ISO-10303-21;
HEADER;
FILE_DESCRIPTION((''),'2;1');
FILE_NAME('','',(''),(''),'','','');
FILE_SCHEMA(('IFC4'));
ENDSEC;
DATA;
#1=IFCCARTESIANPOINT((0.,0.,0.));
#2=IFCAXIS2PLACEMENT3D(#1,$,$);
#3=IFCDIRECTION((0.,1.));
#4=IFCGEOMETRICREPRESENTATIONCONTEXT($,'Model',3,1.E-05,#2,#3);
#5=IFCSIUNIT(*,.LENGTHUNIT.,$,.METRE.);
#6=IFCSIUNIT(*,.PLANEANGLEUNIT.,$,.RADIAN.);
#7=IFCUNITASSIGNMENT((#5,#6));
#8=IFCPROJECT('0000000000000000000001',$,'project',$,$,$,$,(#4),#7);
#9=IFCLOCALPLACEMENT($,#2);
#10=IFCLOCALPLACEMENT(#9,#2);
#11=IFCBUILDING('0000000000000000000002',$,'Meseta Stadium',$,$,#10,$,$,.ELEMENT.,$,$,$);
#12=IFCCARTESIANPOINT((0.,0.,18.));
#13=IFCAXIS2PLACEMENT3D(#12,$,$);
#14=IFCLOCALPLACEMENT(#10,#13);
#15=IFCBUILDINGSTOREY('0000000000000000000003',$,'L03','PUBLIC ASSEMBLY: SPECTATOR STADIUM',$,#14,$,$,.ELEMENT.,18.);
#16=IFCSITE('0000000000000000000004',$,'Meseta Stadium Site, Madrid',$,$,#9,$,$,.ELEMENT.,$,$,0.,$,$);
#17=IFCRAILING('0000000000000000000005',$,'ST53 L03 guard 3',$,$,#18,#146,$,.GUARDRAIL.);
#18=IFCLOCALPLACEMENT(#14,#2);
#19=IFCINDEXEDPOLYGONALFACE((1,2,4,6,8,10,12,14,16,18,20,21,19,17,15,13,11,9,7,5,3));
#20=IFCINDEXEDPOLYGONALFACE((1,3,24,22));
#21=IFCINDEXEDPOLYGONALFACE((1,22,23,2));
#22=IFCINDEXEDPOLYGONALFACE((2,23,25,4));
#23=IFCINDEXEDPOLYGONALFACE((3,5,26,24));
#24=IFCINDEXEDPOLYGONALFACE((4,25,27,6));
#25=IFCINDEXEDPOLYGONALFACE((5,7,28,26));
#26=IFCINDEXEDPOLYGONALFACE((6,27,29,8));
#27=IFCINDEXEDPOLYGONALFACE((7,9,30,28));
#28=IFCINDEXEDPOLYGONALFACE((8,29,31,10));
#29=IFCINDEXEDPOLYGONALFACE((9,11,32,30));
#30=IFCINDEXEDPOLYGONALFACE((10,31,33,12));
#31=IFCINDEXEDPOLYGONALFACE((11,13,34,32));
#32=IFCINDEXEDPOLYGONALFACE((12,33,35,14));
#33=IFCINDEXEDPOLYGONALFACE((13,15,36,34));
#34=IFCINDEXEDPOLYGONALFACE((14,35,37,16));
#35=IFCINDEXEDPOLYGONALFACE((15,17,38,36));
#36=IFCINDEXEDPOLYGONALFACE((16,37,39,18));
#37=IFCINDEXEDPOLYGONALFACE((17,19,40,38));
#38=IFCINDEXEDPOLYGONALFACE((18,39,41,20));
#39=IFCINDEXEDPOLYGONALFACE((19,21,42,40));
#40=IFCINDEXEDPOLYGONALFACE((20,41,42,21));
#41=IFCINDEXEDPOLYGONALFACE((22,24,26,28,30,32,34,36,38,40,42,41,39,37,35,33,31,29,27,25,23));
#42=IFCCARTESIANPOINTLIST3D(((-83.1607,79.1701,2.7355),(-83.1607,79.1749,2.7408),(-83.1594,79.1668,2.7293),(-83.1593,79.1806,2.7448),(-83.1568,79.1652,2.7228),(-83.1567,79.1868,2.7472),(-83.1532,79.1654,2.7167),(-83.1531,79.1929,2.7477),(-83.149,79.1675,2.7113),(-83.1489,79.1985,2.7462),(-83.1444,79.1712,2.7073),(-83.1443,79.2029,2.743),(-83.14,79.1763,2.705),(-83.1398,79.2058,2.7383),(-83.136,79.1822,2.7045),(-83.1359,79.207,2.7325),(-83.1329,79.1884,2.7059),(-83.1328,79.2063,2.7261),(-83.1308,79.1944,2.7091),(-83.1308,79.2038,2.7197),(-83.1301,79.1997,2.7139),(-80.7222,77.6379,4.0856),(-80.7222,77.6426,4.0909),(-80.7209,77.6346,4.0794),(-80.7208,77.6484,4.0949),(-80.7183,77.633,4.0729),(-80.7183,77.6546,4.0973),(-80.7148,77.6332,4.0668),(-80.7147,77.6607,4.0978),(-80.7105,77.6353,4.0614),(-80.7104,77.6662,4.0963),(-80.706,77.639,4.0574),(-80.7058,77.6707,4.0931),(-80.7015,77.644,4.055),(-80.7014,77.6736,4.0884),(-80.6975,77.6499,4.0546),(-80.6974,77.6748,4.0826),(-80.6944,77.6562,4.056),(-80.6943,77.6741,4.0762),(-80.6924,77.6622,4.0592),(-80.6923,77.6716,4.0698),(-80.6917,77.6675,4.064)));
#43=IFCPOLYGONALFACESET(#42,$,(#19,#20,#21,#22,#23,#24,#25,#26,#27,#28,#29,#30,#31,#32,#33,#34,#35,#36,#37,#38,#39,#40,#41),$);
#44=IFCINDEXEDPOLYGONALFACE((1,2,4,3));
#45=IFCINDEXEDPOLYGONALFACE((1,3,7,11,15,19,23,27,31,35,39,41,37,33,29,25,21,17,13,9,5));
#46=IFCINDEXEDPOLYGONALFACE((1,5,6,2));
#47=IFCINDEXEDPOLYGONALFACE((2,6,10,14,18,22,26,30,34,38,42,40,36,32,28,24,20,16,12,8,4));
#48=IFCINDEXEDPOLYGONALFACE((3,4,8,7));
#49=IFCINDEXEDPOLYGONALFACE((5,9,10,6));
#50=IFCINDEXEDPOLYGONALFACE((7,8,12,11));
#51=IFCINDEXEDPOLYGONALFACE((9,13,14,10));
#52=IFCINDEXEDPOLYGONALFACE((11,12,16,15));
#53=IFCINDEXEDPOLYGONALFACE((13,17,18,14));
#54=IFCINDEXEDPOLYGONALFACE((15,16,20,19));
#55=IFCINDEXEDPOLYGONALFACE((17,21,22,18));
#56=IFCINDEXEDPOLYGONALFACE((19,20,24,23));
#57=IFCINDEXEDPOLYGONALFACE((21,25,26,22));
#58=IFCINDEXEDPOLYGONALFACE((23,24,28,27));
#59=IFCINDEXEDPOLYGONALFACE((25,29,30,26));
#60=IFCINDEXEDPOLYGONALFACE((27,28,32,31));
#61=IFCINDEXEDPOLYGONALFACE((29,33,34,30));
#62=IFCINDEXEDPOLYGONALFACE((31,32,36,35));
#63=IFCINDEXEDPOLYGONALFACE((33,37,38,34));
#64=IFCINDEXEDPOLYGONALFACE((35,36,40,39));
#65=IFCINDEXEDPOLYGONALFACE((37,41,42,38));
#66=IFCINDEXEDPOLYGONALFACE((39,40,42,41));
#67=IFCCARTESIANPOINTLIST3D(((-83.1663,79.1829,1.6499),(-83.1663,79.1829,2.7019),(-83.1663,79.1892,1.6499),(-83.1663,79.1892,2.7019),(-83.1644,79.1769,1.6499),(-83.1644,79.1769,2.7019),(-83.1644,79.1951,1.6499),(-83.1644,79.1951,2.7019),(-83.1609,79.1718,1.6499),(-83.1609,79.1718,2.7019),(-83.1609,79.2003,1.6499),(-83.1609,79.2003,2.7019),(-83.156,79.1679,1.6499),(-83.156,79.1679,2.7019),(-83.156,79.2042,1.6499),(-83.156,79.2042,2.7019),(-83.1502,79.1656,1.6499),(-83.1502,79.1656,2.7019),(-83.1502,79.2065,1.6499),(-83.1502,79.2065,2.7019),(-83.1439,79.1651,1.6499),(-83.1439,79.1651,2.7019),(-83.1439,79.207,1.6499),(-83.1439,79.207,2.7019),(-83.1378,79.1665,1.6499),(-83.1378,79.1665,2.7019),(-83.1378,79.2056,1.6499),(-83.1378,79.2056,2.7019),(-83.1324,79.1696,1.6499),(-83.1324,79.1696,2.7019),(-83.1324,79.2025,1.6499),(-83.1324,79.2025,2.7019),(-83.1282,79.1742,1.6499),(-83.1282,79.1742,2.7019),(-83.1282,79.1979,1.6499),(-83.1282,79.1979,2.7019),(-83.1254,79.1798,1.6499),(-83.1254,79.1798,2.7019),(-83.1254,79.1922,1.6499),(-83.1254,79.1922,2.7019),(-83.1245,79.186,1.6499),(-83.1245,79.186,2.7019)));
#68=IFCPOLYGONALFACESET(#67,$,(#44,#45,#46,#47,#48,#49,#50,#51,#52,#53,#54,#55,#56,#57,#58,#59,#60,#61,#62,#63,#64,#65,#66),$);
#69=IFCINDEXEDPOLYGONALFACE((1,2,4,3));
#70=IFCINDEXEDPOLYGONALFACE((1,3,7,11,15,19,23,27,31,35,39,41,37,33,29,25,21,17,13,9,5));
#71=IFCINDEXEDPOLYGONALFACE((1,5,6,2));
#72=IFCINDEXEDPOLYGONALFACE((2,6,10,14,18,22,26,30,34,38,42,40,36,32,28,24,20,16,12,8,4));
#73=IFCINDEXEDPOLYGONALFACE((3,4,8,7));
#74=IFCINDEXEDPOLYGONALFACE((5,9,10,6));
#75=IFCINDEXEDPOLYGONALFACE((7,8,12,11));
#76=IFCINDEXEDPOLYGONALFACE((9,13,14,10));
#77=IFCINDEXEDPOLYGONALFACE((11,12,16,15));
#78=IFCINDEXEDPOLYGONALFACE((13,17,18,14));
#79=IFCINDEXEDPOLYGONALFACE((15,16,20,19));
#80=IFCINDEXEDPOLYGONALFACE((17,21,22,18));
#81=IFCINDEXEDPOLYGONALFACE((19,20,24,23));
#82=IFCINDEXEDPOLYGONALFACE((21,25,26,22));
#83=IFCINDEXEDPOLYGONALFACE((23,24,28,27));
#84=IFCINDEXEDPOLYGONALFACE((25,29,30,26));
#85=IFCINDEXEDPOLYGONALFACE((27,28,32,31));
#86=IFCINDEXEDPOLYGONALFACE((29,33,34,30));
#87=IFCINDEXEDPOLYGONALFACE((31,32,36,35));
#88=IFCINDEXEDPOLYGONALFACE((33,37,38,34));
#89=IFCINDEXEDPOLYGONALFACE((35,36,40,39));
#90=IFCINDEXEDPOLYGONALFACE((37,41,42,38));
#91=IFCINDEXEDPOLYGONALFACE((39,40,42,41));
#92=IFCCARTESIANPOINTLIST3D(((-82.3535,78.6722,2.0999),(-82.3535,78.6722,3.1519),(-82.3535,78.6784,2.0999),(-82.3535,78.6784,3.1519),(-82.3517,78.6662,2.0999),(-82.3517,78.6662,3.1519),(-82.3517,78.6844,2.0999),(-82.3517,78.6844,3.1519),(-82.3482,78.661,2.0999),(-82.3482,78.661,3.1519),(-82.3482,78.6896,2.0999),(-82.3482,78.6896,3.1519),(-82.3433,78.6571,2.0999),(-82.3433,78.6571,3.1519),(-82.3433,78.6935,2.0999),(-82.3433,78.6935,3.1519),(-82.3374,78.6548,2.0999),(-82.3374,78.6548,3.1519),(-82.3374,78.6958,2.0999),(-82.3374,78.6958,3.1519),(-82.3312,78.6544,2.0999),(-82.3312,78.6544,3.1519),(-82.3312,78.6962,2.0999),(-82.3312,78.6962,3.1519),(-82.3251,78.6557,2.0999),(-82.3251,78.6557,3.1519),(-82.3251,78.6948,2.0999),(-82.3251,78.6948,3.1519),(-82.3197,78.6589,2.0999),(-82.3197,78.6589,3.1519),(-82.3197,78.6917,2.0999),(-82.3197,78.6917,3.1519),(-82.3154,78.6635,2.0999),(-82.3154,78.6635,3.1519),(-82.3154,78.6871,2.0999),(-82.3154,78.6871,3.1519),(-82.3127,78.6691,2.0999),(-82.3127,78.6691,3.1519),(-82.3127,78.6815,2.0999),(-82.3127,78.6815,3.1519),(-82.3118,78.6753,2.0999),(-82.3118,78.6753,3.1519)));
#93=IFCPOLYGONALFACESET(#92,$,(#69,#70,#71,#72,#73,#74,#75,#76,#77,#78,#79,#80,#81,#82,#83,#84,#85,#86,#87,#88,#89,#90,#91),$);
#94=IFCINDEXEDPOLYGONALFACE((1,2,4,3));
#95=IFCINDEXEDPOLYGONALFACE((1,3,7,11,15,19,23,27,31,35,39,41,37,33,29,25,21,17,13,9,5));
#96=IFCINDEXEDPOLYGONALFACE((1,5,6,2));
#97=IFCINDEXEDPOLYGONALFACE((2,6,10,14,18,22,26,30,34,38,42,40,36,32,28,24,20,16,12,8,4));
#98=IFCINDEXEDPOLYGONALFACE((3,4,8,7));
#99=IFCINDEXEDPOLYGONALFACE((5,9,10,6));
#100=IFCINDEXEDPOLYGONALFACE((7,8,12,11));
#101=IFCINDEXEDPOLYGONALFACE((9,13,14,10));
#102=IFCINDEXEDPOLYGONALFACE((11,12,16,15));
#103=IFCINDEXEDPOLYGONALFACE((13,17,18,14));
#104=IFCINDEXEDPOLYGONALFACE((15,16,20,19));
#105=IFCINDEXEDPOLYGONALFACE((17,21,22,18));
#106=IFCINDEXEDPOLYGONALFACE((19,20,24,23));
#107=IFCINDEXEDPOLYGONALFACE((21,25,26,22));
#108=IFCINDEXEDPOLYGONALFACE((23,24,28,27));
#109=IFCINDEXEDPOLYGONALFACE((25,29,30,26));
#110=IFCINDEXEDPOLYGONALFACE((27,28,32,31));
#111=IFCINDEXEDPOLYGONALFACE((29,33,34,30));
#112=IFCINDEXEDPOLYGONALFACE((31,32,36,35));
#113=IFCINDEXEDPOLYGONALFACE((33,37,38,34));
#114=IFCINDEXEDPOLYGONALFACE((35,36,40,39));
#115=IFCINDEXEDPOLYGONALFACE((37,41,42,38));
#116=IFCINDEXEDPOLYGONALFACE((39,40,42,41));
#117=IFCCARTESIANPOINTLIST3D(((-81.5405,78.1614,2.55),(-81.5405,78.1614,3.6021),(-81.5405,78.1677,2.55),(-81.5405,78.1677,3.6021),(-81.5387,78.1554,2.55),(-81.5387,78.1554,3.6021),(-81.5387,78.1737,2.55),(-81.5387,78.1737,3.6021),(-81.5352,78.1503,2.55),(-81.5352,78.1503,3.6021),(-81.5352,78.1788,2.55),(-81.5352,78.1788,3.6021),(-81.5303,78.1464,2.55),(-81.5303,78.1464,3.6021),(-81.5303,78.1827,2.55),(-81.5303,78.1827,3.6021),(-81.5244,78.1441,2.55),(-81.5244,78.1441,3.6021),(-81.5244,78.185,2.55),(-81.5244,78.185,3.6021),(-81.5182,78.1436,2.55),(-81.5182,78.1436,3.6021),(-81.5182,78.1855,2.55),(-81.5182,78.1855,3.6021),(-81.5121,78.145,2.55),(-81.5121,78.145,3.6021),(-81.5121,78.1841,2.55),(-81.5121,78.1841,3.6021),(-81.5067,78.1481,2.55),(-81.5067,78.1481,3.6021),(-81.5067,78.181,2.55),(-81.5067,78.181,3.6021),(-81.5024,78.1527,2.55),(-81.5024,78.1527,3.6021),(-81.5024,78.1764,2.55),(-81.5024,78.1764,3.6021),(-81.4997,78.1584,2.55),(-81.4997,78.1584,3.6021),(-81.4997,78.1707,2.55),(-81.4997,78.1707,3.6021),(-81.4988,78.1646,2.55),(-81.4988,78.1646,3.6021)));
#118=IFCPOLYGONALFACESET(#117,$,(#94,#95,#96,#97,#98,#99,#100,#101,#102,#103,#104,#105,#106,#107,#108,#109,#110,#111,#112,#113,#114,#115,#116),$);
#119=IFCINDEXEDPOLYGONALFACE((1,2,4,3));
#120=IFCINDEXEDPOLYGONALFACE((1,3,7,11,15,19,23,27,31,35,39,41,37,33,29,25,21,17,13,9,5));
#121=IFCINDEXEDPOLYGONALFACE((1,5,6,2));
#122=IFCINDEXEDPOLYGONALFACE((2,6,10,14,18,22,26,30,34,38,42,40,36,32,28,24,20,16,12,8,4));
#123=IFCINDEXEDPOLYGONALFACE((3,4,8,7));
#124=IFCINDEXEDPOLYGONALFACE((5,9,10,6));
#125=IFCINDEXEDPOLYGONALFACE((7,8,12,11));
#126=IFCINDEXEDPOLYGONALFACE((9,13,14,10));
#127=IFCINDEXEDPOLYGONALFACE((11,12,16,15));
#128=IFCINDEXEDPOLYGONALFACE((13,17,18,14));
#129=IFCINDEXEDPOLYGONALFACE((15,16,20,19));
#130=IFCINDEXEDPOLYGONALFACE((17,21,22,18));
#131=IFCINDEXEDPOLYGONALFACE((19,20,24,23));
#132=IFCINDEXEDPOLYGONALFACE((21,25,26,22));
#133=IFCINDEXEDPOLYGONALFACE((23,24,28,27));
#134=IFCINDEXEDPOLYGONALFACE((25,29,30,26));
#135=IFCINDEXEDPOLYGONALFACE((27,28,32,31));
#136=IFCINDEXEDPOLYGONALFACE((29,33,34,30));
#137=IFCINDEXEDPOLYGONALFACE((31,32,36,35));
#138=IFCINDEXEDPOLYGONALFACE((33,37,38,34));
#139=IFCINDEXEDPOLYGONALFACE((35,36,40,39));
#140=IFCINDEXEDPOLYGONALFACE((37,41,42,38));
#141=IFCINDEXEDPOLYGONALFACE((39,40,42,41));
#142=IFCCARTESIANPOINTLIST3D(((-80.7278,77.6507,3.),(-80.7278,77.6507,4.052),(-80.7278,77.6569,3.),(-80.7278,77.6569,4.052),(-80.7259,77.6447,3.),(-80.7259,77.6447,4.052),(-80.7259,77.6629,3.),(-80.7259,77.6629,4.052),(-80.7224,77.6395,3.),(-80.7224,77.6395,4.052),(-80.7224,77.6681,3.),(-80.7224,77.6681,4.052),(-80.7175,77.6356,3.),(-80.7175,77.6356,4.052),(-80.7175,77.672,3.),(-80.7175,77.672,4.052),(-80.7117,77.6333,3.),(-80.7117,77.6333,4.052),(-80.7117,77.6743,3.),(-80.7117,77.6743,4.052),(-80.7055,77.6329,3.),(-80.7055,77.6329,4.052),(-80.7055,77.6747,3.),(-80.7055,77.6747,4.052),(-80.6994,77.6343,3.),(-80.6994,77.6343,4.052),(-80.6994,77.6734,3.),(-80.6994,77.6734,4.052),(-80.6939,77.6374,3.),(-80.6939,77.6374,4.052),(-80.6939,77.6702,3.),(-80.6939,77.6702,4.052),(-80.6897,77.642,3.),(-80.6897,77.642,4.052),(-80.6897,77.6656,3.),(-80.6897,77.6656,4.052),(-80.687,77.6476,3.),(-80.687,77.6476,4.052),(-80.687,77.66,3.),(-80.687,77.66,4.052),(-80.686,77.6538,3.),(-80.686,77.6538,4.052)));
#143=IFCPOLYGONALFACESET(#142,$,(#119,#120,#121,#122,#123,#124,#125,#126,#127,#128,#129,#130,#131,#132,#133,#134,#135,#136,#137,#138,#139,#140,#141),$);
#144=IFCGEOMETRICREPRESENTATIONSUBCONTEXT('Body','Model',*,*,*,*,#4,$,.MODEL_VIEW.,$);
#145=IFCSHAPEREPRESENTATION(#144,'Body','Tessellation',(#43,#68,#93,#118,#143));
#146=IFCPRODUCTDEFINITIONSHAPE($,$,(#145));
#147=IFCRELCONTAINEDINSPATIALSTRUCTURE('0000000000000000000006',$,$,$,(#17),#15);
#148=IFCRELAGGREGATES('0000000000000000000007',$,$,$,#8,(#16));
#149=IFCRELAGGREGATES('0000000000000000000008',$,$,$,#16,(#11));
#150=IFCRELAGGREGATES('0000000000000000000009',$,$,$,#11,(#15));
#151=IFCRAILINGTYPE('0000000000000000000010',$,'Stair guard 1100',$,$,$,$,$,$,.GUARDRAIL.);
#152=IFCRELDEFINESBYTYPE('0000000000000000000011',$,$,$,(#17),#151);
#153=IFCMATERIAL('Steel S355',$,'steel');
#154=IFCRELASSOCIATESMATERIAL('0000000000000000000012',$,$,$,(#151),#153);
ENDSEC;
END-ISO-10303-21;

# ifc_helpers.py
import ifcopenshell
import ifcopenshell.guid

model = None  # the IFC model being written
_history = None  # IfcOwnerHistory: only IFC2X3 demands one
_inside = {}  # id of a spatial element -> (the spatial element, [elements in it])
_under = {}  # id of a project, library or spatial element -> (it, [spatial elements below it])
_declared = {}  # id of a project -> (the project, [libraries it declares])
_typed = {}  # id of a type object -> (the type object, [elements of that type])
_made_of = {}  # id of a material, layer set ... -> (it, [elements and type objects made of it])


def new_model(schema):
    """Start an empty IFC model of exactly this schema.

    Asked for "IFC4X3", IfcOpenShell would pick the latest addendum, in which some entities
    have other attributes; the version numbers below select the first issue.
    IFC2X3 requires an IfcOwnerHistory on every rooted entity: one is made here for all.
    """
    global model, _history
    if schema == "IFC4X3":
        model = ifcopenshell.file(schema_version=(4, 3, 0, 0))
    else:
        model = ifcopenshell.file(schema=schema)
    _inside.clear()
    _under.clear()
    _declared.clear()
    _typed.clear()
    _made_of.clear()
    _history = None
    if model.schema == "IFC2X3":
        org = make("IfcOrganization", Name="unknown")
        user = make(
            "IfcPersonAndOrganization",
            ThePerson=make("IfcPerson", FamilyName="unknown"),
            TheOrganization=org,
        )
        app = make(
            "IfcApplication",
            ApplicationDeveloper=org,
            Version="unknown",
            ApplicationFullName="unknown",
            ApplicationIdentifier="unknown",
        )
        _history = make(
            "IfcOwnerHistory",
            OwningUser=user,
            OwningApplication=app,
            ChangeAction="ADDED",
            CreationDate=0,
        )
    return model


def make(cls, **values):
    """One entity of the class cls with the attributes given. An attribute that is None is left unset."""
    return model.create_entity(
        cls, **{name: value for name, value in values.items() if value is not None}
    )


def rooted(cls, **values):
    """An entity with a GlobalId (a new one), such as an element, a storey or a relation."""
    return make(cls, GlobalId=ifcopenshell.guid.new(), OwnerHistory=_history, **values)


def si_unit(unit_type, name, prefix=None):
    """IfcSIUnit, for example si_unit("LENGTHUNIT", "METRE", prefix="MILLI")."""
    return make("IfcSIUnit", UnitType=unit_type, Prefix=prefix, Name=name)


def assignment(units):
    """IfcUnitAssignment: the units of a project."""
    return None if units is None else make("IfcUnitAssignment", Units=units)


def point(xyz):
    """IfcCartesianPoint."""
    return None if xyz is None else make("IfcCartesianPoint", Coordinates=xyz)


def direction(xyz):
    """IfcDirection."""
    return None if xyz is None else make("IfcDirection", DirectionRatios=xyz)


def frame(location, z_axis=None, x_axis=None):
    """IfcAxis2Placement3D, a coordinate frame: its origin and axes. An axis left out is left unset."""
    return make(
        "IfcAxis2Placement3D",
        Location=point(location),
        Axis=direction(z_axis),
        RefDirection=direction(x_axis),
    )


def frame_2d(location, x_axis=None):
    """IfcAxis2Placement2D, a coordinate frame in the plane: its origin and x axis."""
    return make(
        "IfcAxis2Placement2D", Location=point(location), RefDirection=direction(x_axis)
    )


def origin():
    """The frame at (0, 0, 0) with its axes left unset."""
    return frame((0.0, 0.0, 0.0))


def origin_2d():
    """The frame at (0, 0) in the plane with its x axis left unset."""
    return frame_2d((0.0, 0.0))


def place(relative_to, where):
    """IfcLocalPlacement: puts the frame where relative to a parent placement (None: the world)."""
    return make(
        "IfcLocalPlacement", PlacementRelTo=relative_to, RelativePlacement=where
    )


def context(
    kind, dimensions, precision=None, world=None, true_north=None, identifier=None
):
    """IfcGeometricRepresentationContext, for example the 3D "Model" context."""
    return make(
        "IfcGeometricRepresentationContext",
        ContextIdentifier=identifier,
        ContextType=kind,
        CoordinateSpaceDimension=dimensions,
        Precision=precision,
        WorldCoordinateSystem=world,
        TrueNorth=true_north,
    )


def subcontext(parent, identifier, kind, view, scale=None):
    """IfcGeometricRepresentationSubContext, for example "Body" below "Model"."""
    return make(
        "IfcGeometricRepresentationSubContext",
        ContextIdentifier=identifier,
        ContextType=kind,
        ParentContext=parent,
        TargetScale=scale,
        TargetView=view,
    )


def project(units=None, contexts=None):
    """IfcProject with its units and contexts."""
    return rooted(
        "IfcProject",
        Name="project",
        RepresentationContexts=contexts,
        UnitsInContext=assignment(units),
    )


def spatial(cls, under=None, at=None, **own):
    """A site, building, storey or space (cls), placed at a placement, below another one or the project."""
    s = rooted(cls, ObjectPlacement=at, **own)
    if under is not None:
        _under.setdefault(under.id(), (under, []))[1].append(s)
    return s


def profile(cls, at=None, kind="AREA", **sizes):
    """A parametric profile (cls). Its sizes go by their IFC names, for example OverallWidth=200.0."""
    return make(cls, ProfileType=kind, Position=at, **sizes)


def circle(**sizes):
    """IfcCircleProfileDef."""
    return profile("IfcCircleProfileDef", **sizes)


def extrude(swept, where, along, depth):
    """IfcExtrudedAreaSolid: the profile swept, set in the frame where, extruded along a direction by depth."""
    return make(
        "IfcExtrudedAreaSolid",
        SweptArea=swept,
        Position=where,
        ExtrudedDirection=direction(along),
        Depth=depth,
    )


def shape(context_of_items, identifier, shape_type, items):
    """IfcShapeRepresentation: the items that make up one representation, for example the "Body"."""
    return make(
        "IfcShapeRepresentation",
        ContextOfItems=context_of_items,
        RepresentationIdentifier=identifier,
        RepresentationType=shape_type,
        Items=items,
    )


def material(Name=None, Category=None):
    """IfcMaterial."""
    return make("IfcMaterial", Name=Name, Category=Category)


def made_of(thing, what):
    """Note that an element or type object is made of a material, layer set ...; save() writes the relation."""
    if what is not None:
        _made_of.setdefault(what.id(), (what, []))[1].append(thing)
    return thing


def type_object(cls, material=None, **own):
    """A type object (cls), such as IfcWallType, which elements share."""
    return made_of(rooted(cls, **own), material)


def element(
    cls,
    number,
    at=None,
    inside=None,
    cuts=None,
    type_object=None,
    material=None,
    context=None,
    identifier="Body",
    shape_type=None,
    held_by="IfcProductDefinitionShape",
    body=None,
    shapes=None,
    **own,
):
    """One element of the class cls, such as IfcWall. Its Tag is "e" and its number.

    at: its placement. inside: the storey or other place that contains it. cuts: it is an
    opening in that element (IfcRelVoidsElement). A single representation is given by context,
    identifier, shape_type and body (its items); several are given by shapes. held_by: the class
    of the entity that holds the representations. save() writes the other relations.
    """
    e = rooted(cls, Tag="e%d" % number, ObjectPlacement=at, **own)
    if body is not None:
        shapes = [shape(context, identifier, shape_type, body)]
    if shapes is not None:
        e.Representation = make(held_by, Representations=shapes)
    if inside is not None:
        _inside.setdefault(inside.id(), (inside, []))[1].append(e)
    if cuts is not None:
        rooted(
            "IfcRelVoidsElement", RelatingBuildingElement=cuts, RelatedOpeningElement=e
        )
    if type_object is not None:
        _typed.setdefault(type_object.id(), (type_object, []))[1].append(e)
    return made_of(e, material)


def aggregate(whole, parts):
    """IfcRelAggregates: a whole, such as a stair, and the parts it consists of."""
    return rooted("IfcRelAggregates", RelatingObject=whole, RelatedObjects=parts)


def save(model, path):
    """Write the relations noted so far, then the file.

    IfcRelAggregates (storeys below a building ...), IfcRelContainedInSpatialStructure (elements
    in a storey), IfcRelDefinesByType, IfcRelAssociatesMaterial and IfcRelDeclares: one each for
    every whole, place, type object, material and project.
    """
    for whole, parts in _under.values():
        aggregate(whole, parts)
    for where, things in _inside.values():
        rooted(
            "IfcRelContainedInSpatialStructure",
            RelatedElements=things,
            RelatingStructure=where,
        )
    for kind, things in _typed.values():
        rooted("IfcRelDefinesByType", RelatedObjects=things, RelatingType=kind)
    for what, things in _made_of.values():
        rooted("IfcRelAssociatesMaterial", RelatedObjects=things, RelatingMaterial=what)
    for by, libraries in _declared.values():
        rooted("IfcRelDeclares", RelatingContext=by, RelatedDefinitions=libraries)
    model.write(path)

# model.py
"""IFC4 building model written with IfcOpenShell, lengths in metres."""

from ifc_helpers import new_model, si_unit, direction, frame, origin, origin_2d, place, context, subcontext, project, spatial, circle, extrude, material, type_object, element, save


model = new_model("IFC4")

# Units and contexts
model_context = context("Model", 3, precision=1e-05, world=origin(), true_north=direction((0.0, 1.0)))
body_context = subcontext(model_context, "Body", "Model", "MODEL_VIEW")
ifc_project = project(units=[si_unit("LENGTHUNIT", "METRE"), si_unit("PLANEANGLEUNIT", "RADIAN")], contexts=[model_context])

# Site, building, storey
site_placement = place(None, origin())
site = spatial("IfcSite", under=ifc_project, at=site_placement, Name="Meseta Stadium Site, Madrid", CompositionType="ELEMENT", RefElevation=0.0)
building_placement = place(site_placement, origin())
building = spatial("IfcBuilding", under=site, at=building_placement, Name="Meseta Stadium", CompositionType="ELEMENT")
storey_placement = place(building_placement, frame((0.0, 0.0, 18.0)))
storey = spatial("IfcBuildingStorey", under=building, at=storey_placement, Name="L03", Description="PUBLIC ASSEMBLY: SPECTATOR STADIUM", CompositionType="ELEMENT", Elevation=18.0)

# Railing
ifc_material_1 = material(Name="Steel S355", Category="steel")
railing_type_1 = type_object("IfcRailingType", Name="Stair guard 1100", PredefinedType="GUARDRAIL", material=ifc_material_1)
railing_1_placement = place(storey_placement, frame((-83.1455, 79.186, 1.6499)))
element("IfcRailing", 1, at=railing_1_placement, inside=storey, type_object=railing_type_1, Name="ST53 L03 guard 3", PredefinedType="GUARDRAIL", context=body_context, shape_type="SweptSolid", body=[
    extrude(circle(Radius=0.0239, at=origin_2d()), frame((0.0, 0.0, 1.0762), z_axis=(0.766655, -0.481731, 0.42447), x_axis=(0.53204, 0.846719, 0.0)), (0.0, 0.0, 1.0), 3.1807),
    extrude(circle(Radius=0.021, at=origin_2d()), origin(), (0.0, 0.0, 1.0), 1.052),
    extrude(circle(Radius=0.021, at=origin_2d()), frame((0.8127, -0.5107, 0.45)), (0.0, 0.0, 1.0), 1.052),
    extrude(circle(Radius=0.021, at=origin_2d()), frame((1.6257, -1.0215, 0.9001)), (0.0, 0.0, 1.0), 1.052),
    extrude(circle(Radius=0.021, at=origin_2d()), frame((2.4385, -1.5322, 1.3501)), (0.0, 0.0, 1.0), 1.052),
])

save(model, "model.ifc")
